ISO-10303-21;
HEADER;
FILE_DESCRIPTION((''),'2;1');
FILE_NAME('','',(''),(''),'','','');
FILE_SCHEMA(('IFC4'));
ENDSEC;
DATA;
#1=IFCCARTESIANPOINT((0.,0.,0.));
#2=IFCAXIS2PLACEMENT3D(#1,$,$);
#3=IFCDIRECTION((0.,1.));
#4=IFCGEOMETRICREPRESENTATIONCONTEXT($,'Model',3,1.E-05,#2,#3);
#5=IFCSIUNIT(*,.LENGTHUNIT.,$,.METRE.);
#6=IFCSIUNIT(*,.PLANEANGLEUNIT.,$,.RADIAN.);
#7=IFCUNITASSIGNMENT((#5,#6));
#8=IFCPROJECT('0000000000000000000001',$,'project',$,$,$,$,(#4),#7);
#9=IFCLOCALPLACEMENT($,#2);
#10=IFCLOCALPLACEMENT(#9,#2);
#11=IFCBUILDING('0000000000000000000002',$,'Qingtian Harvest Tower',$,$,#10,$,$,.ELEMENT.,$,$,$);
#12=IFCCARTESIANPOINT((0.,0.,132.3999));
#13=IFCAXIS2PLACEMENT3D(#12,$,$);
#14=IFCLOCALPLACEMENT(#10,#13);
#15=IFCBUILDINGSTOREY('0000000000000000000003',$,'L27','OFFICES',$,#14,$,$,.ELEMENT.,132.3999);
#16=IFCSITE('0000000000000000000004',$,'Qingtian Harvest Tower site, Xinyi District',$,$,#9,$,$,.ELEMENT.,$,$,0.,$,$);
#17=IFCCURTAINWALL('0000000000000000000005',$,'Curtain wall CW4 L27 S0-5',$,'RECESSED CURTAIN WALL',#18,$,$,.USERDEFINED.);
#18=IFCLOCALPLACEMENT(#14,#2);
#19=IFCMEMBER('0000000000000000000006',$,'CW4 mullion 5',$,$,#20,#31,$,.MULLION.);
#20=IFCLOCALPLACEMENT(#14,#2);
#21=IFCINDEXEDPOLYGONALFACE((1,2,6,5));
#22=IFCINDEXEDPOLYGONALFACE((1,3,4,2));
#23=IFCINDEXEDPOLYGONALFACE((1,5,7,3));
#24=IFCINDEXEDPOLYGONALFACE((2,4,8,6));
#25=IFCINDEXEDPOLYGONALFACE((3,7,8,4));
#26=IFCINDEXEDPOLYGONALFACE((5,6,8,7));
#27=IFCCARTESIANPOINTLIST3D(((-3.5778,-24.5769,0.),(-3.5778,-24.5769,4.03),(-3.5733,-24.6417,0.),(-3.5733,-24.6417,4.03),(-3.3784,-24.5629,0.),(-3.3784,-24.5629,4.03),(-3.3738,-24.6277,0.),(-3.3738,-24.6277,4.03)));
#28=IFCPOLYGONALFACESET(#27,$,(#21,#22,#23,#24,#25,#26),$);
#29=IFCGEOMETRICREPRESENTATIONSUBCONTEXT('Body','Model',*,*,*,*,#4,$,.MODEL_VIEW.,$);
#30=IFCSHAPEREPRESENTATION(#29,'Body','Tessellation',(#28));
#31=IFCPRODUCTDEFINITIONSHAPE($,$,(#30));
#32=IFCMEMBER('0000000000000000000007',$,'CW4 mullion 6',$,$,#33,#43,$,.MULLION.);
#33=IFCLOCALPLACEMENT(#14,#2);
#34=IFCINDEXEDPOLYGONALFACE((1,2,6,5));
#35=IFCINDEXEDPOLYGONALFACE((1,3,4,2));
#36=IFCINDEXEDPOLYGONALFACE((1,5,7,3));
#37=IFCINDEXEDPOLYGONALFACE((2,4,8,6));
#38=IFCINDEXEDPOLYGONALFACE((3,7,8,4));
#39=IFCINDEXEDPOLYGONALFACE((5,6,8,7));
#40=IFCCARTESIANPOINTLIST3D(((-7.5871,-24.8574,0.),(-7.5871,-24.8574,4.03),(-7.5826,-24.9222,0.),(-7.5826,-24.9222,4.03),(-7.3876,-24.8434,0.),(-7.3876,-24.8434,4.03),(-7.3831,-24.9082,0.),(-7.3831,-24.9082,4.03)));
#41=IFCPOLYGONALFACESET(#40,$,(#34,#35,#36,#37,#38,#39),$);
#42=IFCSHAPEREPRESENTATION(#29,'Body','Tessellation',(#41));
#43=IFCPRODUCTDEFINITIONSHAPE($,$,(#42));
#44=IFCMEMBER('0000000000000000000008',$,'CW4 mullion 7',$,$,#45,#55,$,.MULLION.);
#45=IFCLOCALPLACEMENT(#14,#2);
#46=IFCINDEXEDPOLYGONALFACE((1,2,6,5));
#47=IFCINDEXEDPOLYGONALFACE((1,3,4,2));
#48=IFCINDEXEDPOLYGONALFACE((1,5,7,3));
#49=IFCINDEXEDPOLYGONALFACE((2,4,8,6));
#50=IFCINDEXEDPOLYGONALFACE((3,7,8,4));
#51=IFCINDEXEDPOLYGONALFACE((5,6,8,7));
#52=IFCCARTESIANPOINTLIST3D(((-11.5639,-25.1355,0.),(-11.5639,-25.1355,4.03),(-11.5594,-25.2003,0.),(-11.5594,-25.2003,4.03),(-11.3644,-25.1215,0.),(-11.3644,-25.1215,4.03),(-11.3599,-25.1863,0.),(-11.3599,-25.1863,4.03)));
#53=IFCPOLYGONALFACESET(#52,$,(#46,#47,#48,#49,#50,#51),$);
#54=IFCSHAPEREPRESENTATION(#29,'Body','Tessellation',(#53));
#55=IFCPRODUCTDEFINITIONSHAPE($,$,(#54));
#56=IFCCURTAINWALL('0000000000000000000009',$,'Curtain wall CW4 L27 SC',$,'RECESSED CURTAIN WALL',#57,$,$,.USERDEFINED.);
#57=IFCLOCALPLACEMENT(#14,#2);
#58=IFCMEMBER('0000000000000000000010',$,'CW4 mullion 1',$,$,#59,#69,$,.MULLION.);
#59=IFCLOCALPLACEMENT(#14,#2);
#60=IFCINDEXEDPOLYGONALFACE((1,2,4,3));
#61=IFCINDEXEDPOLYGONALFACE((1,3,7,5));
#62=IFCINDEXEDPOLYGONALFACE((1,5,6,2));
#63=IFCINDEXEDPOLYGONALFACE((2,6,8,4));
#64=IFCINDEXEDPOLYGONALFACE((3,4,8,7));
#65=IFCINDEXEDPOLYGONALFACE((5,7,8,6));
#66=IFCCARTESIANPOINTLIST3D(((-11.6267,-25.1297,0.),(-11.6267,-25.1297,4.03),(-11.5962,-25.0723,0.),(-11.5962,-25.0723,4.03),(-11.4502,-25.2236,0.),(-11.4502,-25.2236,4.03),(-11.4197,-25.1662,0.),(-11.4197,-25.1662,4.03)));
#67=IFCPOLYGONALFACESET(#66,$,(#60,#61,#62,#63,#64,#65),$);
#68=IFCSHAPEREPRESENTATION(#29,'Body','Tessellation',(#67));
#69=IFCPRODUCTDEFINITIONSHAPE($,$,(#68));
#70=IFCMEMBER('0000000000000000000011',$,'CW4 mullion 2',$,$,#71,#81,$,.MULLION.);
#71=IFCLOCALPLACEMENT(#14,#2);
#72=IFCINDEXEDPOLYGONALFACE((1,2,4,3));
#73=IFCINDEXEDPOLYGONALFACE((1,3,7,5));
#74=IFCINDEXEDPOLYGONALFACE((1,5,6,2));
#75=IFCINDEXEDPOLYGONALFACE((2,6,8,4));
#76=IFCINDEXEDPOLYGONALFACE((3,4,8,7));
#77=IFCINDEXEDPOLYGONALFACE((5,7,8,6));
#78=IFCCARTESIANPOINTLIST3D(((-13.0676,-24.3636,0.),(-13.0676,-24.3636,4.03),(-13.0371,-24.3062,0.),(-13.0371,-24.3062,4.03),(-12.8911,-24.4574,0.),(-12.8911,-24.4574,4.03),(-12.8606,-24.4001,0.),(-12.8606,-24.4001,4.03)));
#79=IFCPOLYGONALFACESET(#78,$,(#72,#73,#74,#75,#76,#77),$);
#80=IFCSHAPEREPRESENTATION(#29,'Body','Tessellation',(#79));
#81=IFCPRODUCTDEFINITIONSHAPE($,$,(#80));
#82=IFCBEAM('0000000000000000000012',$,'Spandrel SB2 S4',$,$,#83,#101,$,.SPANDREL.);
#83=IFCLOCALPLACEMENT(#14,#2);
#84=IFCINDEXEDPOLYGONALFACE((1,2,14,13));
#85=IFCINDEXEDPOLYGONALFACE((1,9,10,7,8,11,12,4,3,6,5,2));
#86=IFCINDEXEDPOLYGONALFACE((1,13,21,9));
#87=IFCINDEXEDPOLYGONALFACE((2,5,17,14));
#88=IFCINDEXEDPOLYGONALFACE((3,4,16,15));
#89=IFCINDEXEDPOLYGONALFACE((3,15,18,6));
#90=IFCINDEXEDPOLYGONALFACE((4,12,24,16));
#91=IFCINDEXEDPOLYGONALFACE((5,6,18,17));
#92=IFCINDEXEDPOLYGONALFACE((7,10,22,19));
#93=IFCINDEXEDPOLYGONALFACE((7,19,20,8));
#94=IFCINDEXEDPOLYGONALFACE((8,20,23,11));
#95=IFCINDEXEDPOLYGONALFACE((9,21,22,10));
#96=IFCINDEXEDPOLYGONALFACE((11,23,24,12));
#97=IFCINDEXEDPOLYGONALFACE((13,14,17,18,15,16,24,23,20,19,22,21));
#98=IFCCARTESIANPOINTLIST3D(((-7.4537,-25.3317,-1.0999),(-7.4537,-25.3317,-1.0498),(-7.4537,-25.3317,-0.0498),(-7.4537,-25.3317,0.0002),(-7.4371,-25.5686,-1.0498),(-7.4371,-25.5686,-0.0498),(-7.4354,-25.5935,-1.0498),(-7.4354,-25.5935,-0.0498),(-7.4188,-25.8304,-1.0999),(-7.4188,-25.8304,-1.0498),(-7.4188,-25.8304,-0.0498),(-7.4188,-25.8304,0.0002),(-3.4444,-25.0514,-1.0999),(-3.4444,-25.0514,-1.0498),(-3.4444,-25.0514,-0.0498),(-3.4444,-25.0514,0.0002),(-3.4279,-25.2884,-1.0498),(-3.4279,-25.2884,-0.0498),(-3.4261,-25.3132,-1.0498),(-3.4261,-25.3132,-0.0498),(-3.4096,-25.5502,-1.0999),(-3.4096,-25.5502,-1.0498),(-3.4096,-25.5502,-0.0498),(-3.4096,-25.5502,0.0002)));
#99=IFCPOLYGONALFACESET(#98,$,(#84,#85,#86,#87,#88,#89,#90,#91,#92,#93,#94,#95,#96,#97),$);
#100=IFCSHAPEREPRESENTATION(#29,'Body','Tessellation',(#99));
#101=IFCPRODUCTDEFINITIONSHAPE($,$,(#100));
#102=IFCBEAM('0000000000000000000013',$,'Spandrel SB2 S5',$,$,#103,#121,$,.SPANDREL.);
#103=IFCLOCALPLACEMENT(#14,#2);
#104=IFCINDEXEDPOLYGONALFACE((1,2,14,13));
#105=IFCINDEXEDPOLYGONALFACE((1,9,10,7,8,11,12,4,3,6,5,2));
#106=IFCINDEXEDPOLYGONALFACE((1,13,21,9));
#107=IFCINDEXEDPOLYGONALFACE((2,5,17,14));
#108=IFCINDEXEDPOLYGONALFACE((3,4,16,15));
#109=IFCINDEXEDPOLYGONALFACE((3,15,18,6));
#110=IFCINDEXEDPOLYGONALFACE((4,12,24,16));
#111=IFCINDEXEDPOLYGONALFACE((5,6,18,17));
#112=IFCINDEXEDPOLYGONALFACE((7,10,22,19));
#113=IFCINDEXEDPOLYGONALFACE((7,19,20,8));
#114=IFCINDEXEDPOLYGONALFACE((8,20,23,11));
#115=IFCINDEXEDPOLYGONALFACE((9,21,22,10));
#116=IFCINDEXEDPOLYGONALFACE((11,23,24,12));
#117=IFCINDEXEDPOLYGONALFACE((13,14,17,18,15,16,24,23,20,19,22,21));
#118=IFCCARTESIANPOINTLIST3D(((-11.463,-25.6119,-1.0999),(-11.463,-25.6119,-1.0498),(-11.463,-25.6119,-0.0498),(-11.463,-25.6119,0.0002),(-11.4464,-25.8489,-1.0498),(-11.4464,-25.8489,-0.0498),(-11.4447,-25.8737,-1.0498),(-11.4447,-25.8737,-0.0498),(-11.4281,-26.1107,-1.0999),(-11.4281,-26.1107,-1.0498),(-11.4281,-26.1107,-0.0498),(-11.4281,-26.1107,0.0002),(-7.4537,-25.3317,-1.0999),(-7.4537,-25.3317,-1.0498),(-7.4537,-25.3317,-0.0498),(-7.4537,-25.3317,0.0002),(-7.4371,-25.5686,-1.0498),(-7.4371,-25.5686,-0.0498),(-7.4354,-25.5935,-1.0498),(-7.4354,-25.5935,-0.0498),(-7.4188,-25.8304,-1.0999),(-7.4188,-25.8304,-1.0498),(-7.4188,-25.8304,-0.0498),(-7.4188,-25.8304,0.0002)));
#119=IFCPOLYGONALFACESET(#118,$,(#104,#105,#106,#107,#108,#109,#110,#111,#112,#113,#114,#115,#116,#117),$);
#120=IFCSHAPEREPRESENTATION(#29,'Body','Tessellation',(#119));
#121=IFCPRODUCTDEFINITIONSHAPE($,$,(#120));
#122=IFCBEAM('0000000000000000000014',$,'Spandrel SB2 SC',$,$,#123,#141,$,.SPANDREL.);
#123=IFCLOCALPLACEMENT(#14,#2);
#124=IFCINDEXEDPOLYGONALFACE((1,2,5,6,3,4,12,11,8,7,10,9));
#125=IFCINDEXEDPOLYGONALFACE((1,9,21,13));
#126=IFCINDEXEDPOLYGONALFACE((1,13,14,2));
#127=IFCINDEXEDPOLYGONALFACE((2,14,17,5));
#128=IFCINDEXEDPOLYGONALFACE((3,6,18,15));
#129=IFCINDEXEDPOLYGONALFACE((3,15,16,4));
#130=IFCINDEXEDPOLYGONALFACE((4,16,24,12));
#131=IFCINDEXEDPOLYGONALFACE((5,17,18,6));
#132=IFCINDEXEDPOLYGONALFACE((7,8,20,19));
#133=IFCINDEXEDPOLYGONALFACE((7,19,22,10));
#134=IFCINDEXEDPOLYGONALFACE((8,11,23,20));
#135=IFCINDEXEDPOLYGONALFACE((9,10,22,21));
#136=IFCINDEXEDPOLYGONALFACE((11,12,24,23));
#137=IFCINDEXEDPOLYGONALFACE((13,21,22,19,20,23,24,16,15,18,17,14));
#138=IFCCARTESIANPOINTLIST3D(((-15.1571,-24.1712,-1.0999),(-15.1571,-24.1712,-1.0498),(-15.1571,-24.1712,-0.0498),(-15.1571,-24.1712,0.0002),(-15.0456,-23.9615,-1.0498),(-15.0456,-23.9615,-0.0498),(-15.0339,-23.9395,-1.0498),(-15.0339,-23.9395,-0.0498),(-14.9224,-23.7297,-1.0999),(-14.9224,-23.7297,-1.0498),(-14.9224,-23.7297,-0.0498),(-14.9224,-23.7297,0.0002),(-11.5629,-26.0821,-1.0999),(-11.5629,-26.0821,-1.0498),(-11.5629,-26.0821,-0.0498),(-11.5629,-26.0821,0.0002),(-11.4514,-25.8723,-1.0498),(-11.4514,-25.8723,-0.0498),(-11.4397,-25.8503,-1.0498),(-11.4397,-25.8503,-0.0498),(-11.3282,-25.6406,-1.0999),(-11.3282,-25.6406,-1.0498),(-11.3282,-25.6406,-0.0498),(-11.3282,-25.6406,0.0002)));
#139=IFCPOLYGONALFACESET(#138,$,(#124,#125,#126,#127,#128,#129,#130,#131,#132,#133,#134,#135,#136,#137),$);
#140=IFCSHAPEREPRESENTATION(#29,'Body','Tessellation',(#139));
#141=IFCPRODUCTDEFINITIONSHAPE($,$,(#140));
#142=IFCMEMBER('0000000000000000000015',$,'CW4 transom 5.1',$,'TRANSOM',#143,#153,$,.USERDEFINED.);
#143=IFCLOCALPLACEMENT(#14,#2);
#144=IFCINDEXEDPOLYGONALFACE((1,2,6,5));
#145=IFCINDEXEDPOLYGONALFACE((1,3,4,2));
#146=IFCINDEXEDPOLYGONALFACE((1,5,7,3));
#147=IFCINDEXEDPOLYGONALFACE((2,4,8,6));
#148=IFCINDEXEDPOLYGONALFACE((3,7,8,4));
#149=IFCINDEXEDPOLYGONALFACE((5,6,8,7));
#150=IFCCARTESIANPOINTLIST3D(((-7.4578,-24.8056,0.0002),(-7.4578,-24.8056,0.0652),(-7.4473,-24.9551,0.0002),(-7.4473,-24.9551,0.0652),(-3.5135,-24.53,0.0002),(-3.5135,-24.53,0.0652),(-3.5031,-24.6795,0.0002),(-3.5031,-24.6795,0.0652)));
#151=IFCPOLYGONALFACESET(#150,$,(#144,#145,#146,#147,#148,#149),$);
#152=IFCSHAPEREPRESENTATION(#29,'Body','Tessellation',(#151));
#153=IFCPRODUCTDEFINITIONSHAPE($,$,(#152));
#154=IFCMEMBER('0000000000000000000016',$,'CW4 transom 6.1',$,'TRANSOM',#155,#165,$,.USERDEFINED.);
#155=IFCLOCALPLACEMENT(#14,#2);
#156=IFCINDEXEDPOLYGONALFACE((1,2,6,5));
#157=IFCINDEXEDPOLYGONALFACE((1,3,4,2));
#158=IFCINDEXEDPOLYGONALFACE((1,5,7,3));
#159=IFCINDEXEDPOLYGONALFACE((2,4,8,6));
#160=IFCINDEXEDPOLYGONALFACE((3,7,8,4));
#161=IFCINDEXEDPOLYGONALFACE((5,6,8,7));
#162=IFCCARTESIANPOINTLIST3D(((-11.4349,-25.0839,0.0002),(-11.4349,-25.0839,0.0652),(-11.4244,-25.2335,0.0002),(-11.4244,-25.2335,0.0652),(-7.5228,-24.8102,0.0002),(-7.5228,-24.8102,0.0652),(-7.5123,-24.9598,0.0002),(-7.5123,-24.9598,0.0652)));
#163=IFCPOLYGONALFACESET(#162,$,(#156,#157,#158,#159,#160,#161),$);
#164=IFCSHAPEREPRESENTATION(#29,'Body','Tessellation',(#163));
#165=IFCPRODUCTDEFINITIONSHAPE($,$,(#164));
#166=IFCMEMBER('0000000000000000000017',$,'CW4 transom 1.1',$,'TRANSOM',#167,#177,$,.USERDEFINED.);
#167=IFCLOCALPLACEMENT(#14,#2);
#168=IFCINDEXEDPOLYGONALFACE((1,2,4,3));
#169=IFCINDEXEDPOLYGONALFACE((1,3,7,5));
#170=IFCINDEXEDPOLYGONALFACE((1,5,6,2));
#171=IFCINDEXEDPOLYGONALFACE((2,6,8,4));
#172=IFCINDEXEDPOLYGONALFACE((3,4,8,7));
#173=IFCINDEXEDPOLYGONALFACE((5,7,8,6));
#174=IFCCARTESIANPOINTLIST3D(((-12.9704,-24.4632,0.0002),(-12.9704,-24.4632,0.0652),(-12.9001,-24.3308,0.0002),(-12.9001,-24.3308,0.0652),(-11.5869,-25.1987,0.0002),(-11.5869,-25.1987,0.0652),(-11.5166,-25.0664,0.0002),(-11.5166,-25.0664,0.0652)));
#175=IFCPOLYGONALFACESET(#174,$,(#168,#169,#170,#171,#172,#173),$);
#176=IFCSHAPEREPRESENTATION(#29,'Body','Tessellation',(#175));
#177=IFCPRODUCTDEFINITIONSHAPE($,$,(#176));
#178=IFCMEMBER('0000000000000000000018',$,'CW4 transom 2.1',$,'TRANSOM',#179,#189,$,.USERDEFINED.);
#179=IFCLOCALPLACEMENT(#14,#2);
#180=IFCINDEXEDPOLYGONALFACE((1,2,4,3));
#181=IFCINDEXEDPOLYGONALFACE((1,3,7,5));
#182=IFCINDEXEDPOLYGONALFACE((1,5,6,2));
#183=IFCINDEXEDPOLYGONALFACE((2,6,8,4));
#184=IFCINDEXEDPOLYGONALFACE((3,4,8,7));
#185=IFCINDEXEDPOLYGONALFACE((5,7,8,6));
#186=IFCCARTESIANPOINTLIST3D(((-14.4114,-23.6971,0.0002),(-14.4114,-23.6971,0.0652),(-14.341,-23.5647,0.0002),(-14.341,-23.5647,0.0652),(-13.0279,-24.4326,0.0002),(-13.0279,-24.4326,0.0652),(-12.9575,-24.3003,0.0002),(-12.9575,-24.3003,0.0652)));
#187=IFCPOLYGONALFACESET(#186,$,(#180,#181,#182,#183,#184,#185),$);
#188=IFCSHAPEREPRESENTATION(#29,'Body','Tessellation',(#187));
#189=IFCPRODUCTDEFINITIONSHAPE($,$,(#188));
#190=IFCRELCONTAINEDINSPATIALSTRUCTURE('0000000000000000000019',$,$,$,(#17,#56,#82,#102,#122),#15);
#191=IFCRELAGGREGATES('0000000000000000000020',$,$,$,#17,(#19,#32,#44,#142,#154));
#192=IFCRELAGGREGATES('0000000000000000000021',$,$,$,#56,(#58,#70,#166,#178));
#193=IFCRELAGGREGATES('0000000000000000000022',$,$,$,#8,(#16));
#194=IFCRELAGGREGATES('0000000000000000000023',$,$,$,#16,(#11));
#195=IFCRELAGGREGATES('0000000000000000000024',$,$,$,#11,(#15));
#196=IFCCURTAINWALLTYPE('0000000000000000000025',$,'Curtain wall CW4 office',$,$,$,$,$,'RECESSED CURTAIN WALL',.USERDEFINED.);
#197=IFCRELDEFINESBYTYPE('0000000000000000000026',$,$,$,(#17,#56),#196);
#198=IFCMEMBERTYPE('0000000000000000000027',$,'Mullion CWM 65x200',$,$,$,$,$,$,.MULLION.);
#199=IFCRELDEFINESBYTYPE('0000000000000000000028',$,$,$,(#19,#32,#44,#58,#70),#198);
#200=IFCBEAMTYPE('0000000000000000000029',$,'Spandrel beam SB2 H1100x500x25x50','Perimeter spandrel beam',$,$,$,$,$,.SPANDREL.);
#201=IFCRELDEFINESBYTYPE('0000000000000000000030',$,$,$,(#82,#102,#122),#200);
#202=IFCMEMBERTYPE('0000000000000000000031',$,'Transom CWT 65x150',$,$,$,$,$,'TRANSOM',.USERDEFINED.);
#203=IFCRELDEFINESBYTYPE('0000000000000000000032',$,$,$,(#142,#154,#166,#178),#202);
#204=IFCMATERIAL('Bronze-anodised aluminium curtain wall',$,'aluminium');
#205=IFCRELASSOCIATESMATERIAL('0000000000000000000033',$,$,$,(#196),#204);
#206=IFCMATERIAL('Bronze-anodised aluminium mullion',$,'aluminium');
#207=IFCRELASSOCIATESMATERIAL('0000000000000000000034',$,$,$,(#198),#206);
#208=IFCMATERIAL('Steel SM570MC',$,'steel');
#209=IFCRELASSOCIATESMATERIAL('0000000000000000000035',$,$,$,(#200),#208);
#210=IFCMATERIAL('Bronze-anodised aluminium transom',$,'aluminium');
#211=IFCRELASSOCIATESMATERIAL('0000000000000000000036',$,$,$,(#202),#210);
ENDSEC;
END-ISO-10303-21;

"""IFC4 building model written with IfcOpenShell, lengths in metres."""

from ifc_helpers import new_model, si_unit, direction, frame, origin, origin_2d, place, context, subcontext, project, spatial, rectangle, i_section, extrude, material, material_profile, profile_set, type_object, element, aggregate, save


model = new_model("IFC4")

# Units and contexts
model_context = context("Model", 3, precision=1e-05, world=origin(), true_north=direction((0.0, 1.0)))
body_context = subcontext(model_context, "Body", "Model", "MODEL_VIEW")
ifc_project = project(units=[si_unit("LENGTHUNIT", "METRE"), si_unit("PLANEANGLEUNIT", "RADIAN")], contexts=[model_context])

# Site, building, storey
site_placement = place(None, origin())
site = spatial("IfcSite", under=ifc_project, at=site_placement, Name="Qingtian Harvest Tower site, Xinyi District", CompositionType="ELEMENT", RefElevation=0.0)
building_placement = place(site_placement, origin())
building = spatial("IfcBuilding", under=site, at=building_placement, Name="Qingtian Harvest Tower", CompositionType="ELEMENT")
storey_placement = place(building_placement, frame((0.0, 0.0, 132.3999)))
storey = spatial("IfcBuildingStorey", under=building, at=storey_placement, Name="L27", Description="OFFICES", CompositionType="ELEMENT", Elevation=132.3999)

# Curtain walls, members
ifc_material_1 = material(Name="Bronze-anodised aluminium curtain wall", Category="aluminium")
curtain_wall_type = type_object("IfcCurtainWallType", Name="Curtain wall CW4 office", ElementType="RECESSED CURTAIN WALL", PredefinedType="USERDEFINED", material=ifc_material_1)
curtain_wall_1_placement = place(storey_placement, origin())
curtain_wall_1 = element("IfcCurtainWall", 1, at=curtain_wall_1_placement, inside=storey, type_object=curtain_wall_type, Name="Curtain wall CW4 L27 S0-5", ObjectType="RECESSED CURTAIN WALL", PredefinedType="USERDEFINED")
ifc_material_2 = material(Name="Bronze-anodised aluminium mullion", Category="aluminium")
ifc_material_profile_1 = material_profile(ifc_material_2, rectangle(XDim=0.0649, YDim=0.2, at=origin_2d()), Name="AL 65x200")
ifc_profile_set_1 = profile_set([ifc_material_profile_1], Name="Bronze-anodised aluminium mullion")
member_type_1 = type_object("IfcMemberType", Name="Mullion CWM 65x200", PredefinedType="MULLION", material=ifc_profile_set_1)
member_1_placement = place(storey_placement, frame((-3.4758, -24.6023, 0.0), z_axis=(0.0, 0.0, 1.0), x_axis=(0.069756, -0.997564, 0.0)))
member_1 = element("IfcMember", 2, at=member_1_placement, type_object=member_type_1, Name="CW4 mullion 5", PredefinedType="MULLION", context=body_context, shape_type="SweptSolid", body=[
    extrude(rectangle(XDim=0.0649, YDim=0.2, at=origin_2d()), origin(), (0.0, 0.0, 1.0), 4.03),
])
member_2_placement = place(storey_placement, frame((-7.4851, -24.8828, 0.0), z_axis=(0.0, 0.0, 1.0), x_axis=(0.069756, -0.997564, 0.0)))
member_2 = element("IfcMember", 3, at=member_2_placement, type_object=member_type_1, Name="CW4 mullion 6", PredefinedType="MULLION", context=body_context, shape_type="SweptSolid", body=[
    extrude(rectangle(XDim=0.0649, YDim=0.2, at=origin_2d()), origin(), (0.0, 0.0, 1.0), 4.03),
])
member_3_placement = place(storey_placement, frame((-11.4619, -25.1609, 0.0), z_axis=(0.0, 0.0, 1.0), x_axis=(0.069756, -0.997564, 0.0)))
member_3 = element("IfcMember", 4, at=member_3_placement, type_object=member_type_1, Name="CW4 mullion 7", PredefinedType="MULLION", context=body_context, shape_type="SweptSolid", body=[
    extrude(rectangle(XDim=0.0649, YDim=0.2, at=origin_2d()), origin(), (0.0, 0.0, 1.0), 4.03),
])
curtain_wall_2_placement = place(storey_placement, origin())
curtain_wall_2 = element("IfcCurtainWall", 5, at=curtain_wall_2_placement, inside=storey, type_object=curtain_wall_type, Name="Curtain wall CW4 L27 SC", ObjectType="RECESSED CURTAIN WALL", PredefinedType="USERDEFINED")
member_4_placement = place(storey_placement, frame((-11.5232, -25.1479, 0.0), z_axis=(0.0, 0.0, 1.0), x_axis=(-0.469472, -0.882948, 0.0)))
member_4 = element("IfcMember", 6, at=member_4_placement, type_object=member_type_1, Name="CW4 mullion 1", PredefinedType="MULLION", context=body_context, shape_type="SweptSolid", body=[
    extrude(rectangle(XDim=0.0649, YDim=0.2, at=origin_2d()), origin(), (0.0, 0.0, 1.0), 4.03),
])
member_5_placement = place(storey_placement, frame((-12.9641, -24.3818, 0.0), z_axis=(0.0, 0.0, 1.0), x_axis=(-0.469472, -0.882948, 0.0)))
member_5 = element("IfcMember", 7, at=member_5_placement, type_object=member_type_1, Name="CW4 mullion 2", PredefinedType="MULLION", context=body_context, shape_type="SweptSolid", body=[
    extrude(rectangle(XDim=0.0649, YDim=0.2, at=origin_2d()), origin(), (0.0, 0.0, 1.0), 4.03),
])

# Beams
ifc_material_3 = material(Name="Steel SM570MC", Category="steel")
ifc_material_profile_2 = material_profile(ifc_material_3, i_section(OverallWidth=0.5, OverallDepth=1.1001, WebThickness=0.0249, FlangeThickness=0.05, at=origin_2d()), Name="H1100x500x25x50")
ifc_profile_set_2 = profile_set([ifc_material_profile_2], Name="Steel SM570MC")
beam_type_1 = type_object("IfcBeamType", Name="Spandrel beam SB2 H1100x500x25x50", Description="Perimeter spandrel beam", PredefinedType="SPANDREL", material=ifc_profile_set_2)
for number, where, z_axis, x_axis, name in (
    (8, (-3.427, -25.3008, -0.5498), (-0.997565, -0.069736, 0.0), (0.069736, -0.997565, 0.0), "Spandrel SB2 S4"),
    (9, (-7.4363, -25.5811, -0.5498), (-0.997565, -0.069736, 0.0), (0.069736, -0.997565, 0.0), "Spandrel SB2 S5"),
):
    element("IfcBeam", number, at=place(storey_placement, frame(where, z_axis=z_axis, x_axis=x_axis)), inside=storey, type_object=beam_type_1, Name=name, PredefinedType="SPANDREL", context=body_context, shape_type="SweptSolid", body=[
        extrude(i_section(OverallWidth=0.5, OverallDepth=1.1001, WebThickness=0.0249, FlangeThickness=0.05, at=origin_2d()), origin(), (0.0, 0.0, 1.0), 4.019),
    ])
beam_1_placement = place(storey_placement, frame((-11.4456, -25.8613, -0.5498), z_axis=(-0.882968, 0.469433, 0.0), x_axis=(-0.469433, -0.882968, 0.0)))
element("IfcBeam", 10, at=beam_1_placement, inside=storey, type_object=beam_type_1, Name="Spandrel SB2 SC", PredefinedType="SPANDREL", context=body_context, shape_type="SweptSolid", body=[
    extrude(i_section(OverallWidth=0.5, OverallDepth=1.1001, WebThickness=0.0249, FlangeThickness=0.05, at=origin_2d()), origin(), (0.0, 0.0, 1.0), 4.0706),
])

# Members
ifc_material_4 = material(Name="Bronze-anodised aluminium transom", Category="aluminium")
ifc_material_profile_3 = material_profile(ifc_material_4, rectangle(XDim=0.1499, YDim=0.0649, at=origin_2d()), Name="AL 65x150")
ifc_profile_set_3 = profile_set([ifc_material_profile_3], Name="Bronze-anodised aluminium transom")
member_type_2 = type_object("IfcMemberType", Name="Transom CWT 65x150", ElementType="TRANSOM", PredefinedType="USERDEFINED", material=ifc_profile_set_3)
member_6_placement = place(storey_placement, frame((-3.5083, -24.6047, 0.0327), z_axis=(-0.997567, -0.069711, 0.0), x_axis=(0.069711, -0.997567, 0.0)))
member_6 = element("IfcMember", 11, at=member_6_placement, type_object=member_type_2, Name="CW4 transom 5.1", ObjectType="TRANSOM", PredefinedType="USERDEFINED", context=body_context, shape_type="SweptSolid", body=[
    extrude(rectangle(XDim=0.1499, YDim=0.0649, at=origin_2d()), origin(), (0.0, 0.0, 1.0), 3.9539),
])
member_7_placement = place(storey_placement, frame((-7.5176, -24.885, 0.0327), z_axis=(-0.997562, -0.069787, 0.0), x_axis=(0.069787, -0.997562, 0.0)))
member_7 = element("IfcMember", 12, at=member_7_placement, type_object=member_type_2, Name="CW4 transom 6.1", ObjectType="TRANSOM", PredefinedType="USERDEFINED", context=body_context, shape_type="SweptSolid", body=[
    extrude(rectangle(XDim=0.1499, YDim=0.0649, at=origin_2d()), origin(), (0.0, 0.0, 1.0), 3.9216),
])
member_8_placement = place(storey_placement, frame((-11.5518, -25.1326, 0.0327), z_axis=(-0.88296, 0.469448, 0.0), x_axis=(-0.469448, -0.88296, 0.0)))
member_8 = element("IfcMember", 13, at=member_8_placement, type_object=member_type_2, Name="CW4 transom 1.1", ObjectType="TRANSOM", PredefinedType="USERDEFINED", context=body_context, shape_type="SweptSolid", body=[
    extrude(rectangle(XDim=0.1499, YDim=0.0649, at=origin_2d()), origin(), (0.0, 0.0, 1.0), 1.5669),
])
member_9_placement = place(storey_placement, frame((-12.9927, -24.3665, 0.0327), z_axis=(-0.88296, 0.469448, 0.0), x_axis=(-0.469448, -0.88296, 0.0)))
member_9 = element("IfcMember", 14, at=member_9_placement, type_object=member_type_2, Name="CW4 transom 2.1", ObjectType="TRANSOM", PredefinedType="USERDEFINED", context=body_context, shape_type="SweptSolid", body=[
    extrude(rectangle(XDim=0.1499, YDim=0.0649, at=origin_2d()), origin(), (0.0, 0.0, 1.0), 1.5669),
])

aggregate(curtain_wall_1, [member_1, member_2, member_3, member_6, member_7])
aggregate(curtain_wall_2, [member_4, member_5, member_8, member_9])

save(model, "model.ifc")
